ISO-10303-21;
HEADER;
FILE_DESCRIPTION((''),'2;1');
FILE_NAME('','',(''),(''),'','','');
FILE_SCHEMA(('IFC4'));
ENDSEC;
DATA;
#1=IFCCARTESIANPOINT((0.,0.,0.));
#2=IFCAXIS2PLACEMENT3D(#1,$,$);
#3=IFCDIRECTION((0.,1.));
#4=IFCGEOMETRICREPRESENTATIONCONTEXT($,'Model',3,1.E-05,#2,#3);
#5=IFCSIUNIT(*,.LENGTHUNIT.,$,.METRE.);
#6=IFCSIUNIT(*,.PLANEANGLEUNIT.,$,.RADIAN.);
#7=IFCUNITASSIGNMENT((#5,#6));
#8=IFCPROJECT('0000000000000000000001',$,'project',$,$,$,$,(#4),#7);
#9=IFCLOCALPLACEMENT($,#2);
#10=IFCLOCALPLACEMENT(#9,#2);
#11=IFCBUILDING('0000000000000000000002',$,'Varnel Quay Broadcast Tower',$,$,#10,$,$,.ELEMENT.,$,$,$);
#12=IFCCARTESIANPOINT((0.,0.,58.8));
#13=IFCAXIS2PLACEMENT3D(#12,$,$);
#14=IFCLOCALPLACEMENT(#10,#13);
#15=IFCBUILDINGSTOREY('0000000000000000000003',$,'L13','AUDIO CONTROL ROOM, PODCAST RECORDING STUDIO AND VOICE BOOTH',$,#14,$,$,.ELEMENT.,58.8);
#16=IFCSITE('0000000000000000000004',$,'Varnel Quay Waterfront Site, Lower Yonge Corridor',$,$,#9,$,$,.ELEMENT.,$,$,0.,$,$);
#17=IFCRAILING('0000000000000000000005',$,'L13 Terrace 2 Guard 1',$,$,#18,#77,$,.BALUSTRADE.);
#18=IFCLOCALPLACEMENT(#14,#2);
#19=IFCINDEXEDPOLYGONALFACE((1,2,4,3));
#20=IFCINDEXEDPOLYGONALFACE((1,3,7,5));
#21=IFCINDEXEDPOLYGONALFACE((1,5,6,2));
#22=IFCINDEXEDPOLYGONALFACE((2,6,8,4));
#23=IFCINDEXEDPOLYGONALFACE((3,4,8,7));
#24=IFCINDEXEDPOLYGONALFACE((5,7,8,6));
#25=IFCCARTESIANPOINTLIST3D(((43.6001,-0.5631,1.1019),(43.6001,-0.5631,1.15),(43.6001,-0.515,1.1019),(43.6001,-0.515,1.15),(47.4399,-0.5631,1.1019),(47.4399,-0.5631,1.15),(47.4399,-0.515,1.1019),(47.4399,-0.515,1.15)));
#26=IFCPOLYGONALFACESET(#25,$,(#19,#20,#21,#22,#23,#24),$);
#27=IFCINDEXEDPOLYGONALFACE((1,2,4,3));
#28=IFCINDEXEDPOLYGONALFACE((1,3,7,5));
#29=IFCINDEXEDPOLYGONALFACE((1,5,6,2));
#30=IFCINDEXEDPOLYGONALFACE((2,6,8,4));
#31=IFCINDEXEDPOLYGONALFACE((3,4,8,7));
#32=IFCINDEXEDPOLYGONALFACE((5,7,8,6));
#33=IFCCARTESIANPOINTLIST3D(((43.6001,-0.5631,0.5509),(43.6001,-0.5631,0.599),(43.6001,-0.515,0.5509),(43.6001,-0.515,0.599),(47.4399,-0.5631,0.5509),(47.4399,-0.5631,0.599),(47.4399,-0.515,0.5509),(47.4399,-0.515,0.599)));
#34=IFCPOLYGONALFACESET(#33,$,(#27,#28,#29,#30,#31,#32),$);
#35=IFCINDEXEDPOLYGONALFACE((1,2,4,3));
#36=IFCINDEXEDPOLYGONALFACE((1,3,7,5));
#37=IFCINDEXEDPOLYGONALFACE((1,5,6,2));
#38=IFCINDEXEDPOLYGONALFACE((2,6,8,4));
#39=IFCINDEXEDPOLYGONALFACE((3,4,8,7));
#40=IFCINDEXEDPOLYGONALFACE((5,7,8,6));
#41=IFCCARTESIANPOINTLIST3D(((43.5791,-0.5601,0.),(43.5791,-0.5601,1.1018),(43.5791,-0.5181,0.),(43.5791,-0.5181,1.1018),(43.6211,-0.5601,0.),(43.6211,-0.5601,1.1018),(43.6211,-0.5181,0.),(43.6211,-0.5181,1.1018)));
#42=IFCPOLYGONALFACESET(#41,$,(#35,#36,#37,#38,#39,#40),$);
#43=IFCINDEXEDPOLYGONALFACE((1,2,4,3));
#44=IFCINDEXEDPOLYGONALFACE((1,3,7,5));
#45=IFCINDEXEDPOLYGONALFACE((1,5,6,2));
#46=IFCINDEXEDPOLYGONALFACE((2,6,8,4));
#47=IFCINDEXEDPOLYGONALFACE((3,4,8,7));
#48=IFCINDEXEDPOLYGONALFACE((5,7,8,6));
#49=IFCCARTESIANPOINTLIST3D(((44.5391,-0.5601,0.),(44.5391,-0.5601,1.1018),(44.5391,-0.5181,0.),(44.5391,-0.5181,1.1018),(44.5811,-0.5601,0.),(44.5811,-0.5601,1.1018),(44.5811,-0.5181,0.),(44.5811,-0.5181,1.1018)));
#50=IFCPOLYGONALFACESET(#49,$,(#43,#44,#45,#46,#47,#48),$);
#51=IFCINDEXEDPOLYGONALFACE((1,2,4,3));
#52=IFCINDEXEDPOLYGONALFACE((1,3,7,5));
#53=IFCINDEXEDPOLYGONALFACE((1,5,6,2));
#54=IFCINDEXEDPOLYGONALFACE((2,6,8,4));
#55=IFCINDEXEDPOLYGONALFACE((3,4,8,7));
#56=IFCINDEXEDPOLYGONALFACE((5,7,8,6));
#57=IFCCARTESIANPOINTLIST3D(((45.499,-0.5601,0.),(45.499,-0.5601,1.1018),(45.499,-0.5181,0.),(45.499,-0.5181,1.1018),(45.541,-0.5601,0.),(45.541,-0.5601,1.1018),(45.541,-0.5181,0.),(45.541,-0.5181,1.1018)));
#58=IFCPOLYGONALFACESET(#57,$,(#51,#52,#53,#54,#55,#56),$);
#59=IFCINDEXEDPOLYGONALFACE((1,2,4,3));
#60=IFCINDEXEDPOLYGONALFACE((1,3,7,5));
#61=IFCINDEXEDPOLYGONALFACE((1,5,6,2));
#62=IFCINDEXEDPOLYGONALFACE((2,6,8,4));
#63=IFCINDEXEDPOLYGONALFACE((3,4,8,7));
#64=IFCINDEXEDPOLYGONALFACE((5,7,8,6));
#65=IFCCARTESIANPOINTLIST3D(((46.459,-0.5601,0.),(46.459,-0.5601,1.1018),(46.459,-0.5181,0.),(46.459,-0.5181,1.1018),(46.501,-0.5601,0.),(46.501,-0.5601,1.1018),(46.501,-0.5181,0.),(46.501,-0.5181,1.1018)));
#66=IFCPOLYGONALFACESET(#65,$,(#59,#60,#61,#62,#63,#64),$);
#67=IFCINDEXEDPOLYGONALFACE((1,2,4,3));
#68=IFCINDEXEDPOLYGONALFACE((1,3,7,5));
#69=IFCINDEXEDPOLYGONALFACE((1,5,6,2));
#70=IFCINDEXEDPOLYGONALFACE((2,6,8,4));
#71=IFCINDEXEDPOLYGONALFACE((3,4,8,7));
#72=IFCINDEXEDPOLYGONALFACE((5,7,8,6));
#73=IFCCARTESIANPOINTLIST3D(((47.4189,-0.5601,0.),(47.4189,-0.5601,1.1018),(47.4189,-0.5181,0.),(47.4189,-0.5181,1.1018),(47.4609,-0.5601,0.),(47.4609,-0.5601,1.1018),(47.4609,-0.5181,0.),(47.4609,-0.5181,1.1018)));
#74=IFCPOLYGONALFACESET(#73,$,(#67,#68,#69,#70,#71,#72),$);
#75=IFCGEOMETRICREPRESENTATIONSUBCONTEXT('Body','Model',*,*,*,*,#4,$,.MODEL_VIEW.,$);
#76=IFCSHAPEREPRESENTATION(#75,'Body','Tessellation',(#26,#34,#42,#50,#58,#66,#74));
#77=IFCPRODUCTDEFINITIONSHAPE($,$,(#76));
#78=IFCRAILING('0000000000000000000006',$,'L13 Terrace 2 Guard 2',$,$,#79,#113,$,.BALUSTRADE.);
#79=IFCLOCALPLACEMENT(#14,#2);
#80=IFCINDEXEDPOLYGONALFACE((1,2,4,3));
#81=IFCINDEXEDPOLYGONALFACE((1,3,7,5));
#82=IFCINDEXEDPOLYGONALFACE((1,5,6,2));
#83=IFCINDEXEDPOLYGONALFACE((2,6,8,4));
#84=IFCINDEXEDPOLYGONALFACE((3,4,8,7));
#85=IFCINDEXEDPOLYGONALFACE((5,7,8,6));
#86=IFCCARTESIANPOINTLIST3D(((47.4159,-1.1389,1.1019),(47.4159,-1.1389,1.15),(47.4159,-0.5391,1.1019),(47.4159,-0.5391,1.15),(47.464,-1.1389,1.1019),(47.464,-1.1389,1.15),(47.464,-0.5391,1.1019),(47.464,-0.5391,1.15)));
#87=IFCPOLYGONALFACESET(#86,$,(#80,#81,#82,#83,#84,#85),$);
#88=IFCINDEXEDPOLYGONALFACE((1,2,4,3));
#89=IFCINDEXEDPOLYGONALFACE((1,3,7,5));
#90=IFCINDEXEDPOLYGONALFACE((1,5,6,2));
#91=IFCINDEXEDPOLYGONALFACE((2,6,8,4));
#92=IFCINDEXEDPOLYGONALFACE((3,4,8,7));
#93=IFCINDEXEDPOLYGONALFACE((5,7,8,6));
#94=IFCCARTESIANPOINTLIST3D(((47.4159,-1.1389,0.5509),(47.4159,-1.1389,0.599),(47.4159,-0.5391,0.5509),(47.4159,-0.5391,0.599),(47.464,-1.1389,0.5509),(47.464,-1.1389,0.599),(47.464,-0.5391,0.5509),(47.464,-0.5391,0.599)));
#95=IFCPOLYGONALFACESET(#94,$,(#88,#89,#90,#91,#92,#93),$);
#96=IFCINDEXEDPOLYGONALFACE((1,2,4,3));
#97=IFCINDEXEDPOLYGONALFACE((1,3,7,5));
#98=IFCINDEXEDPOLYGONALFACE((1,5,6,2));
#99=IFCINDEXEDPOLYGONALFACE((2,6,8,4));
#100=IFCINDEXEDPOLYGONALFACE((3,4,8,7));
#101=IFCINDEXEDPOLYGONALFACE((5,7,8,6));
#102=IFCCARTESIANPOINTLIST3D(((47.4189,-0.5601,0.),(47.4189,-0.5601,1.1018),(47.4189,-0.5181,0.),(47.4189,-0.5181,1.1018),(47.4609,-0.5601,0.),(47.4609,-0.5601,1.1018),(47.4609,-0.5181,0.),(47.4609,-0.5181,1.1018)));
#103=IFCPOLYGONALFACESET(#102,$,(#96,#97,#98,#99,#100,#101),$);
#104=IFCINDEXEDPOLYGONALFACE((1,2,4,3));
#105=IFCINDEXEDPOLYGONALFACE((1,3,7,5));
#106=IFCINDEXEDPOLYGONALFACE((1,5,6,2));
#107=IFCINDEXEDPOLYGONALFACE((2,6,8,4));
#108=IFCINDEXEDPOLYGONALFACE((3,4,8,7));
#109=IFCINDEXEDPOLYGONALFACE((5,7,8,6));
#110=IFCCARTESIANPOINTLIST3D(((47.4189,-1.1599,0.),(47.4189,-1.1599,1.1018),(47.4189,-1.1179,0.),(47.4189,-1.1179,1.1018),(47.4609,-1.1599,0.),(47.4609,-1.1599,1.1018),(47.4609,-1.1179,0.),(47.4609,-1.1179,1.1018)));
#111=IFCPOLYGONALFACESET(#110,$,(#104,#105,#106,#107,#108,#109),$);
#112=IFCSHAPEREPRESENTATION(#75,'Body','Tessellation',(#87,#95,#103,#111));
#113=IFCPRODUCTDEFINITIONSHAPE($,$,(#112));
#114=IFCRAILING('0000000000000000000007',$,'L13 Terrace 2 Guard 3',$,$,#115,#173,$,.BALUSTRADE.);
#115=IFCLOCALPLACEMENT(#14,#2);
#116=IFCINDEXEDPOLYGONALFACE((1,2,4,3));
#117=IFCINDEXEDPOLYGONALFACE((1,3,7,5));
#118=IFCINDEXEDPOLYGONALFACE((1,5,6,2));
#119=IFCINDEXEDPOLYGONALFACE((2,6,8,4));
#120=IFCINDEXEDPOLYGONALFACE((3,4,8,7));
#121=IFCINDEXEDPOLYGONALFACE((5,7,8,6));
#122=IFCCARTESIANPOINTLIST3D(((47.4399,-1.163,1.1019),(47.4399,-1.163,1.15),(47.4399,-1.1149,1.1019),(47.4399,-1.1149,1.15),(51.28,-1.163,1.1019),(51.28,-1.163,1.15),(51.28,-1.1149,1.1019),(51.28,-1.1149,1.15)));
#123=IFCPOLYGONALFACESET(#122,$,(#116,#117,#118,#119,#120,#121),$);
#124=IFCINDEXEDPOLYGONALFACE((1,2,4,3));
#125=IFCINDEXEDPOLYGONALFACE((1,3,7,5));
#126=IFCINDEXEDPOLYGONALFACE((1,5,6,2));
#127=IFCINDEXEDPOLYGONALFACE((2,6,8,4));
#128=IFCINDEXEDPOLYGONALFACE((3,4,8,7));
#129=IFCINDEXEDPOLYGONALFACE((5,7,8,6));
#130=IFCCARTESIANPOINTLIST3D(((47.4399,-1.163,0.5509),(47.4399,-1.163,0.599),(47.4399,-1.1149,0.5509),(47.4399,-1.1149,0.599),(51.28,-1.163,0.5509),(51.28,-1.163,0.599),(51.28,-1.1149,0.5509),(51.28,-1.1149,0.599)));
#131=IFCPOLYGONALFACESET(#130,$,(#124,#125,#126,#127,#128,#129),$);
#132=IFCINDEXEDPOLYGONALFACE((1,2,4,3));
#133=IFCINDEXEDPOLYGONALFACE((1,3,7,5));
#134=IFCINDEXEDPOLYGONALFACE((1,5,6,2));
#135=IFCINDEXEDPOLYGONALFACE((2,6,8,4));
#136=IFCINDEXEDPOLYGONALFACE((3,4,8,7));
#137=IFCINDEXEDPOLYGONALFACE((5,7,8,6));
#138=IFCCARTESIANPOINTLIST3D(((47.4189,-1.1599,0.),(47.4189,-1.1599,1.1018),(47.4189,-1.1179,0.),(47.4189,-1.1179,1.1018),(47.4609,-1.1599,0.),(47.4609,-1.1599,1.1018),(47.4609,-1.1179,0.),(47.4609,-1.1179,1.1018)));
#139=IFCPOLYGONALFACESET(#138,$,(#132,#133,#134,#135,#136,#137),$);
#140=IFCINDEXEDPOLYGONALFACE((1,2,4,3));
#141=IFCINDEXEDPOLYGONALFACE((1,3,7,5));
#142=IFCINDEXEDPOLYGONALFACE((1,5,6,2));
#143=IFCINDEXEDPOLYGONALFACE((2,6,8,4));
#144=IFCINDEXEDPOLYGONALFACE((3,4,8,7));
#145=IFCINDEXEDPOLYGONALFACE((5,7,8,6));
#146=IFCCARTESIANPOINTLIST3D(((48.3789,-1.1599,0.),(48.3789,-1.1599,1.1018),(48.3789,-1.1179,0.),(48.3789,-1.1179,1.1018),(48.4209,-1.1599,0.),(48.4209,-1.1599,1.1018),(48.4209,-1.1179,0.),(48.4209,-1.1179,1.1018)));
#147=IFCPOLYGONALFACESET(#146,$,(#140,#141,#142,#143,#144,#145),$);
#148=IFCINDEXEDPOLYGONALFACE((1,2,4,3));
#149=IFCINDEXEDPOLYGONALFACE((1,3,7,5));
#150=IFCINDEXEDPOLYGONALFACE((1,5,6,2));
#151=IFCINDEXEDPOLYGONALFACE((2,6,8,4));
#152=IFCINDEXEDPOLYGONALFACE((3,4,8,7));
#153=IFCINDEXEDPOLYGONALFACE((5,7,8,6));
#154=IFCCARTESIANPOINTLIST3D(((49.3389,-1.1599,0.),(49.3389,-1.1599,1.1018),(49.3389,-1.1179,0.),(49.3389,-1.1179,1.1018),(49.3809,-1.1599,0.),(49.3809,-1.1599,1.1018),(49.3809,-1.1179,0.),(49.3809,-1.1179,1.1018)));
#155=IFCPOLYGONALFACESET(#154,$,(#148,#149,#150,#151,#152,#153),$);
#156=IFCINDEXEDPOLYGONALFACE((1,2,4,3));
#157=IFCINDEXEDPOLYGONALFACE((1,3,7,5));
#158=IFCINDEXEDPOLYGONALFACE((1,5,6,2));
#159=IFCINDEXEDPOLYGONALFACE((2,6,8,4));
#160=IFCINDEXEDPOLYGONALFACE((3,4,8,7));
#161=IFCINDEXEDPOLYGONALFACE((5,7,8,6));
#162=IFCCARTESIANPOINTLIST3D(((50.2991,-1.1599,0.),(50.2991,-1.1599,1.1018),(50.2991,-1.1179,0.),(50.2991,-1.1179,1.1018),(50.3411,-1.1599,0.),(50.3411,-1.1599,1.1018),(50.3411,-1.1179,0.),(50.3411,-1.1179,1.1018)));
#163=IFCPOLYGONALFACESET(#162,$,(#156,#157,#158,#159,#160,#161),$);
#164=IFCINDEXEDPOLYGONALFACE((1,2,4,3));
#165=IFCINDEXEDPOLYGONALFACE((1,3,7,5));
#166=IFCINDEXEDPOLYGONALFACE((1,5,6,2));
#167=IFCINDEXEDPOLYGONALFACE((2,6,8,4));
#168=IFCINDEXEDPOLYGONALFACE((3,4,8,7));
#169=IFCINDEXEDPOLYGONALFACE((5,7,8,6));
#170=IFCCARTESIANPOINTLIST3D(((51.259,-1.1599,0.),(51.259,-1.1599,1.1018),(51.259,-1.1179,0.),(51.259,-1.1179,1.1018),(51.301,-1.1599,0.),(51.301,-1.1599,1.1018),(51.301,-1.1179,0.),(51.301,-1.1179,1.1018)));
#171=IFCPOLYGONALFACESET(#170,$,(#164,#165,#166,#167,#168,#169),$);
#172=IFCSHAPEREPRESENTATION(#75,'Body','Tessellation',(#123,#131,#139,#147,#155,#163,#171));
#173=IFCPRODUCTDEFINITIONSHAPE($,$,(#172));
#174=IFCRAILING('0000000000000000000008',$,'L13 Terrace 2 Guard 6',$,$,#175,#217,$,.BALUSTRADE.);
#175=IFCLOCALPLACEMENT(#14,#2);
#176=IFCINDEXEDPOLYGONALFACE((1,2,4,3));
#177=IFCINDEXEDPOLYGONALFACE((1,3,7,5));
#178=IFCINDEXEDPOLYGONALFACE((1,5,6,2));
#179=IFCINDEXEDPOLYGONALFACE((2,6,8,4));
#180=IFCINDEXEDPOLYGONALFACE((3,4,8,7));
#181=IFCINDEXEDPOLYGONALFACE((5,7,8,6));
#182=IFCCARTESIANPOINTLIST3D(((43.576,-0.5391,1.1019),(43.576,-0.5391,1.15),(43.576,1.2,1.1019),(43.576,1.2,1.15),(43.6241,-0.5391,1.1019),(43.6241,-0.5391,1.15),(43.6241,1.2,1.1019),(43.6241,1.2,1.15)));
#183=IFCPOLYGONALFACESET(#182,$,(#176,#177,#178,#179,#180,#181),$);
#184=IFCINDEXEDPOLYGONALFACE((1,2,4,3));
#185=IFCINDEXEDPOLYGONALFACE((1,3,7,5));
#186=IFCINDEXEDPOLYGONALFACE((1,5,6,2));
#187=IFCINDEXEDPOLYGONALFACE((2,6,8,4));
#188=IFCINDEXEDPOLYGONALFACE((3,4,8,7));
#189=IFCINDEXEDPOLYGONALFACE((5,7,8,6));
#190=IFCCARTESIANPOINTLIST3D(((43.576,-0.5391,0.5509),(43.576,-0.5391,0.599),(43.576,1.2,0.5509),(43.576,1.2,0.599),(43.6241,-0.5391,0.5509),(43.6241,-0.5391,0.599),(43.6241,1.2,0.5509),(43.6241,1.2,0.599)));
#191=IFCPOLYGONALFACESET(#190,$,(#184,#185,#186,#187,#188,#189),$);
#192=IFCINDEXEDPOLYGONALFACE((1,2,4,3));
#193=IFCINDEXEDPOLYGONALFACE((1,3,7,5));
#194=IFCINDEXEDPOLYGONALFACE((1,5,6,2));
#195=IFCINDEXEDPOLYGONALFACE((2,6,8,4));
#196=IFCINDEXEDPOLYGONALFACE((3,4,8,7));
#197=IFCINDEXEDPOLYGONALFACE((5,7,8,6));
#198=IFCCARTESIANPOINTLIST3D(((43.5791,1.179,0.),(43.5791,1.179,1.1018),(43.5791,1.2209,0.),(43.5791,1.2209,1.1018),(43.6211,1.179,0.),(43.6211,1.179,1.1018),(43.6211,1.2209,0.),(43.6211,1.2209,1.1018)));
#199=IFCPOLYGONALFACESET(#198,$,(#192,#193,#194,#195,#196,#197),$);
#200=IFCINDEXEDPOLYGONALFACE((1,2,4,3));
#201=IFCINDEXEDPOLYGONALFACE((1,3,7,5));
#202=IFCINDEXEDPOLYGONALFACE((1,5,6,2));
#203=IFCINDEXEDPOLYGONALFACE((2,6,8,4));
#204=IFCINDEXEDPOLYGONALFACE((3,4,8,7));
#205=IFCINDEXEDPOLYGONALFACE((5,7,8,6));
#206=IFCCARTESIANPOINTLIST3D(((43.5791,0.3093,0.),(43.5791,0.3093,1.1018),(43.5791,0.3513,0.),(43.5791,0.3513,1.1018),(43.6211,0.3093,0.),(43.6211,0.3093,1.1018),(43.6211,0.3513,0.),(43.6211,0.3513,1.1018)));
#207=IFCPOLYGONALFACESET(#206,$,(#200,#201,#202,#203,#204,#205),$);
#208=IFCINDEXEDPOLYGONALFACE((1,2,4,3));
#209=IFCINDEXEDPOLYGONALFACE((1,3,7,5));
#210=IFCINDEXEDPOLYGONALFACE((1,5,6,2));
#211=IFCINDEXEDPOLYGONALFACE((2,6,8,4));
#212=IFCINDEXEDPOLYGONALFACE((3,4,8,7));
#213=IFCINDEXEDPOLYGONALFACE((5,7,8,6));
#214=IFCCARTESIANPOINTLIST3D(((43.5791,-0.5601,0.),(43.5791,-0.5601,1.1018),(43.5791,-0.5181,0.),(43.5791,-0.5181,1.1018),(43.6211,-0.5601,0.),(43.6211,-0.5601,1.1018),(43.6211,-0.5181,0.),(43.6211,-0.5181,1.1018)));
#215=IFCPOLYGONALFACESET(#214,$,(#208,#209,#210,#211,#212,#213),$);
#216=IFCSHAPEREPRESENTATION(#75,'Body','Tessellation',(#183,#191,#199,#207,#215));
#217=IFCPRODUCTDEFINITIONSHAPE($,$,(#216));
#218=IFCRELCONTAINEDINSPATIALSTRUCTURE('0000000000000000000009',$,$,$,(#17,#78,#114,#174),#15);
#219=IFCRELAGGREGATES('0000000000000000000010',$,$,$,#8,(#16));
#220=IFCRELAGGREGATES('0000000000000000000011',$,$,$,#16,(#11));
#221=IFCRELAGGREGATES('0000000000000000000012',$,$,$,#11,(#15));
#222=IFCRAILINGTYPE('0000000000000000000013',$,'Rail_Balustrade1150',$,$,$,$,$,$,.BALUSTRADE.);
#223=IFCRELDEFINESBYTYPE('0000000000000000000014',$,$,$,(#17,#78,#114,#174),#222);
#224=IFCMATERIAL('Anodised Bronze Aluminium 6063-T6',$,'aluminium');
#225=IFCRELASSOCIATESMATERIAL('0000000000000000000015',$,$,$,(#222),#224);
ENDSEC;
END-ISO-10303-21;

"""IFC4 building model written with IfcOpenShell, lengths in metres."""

from ifc_helpers import new_model, si_unit, direction, frame, origin, origin_2d, place, context, subcontext, project, spatial, rectangle, extrude, material, type_object, element, save


model = new_model("IFC4")

# Units and contexts
model_context = context("Model", 3, precision=1e-05, world=origin(), true_north=direction((0.0, 1.0)))
body_context = subcontext(model_context, "Body", "Model", "MODEL_VIEW")
ifc_project = project(units=[si_unit("LENGTHUNIT", "METRE"), si_unit("PLANEANGLEUNIT", "RADIAN")], contexts=[model_context])

# Site, building, storey
site_placement = place(None, origin())
site = spatial("IfcSite", under=ifc_project, at=site_placement, Name="Varnel Quay Waterfront Site, Lower Yonge Corridor", CompositionType="ELEMENT", RefElevation=0.0)
building_placement = place(site_placement, origin())
building = spatial("IfcBuilding", under=site, at=building_placement, Name="Varnel Quay Broadcast Tower", CompositionType="ELEMENT")
storey_placement = place(building_placement, frame((0.0, 0.0, 58.8)))
storey = spatial("IfcBuildingStorey", under=building, at=storey_placement, Name="L13", Description="AUDIO CONTROL ROOM, PODCAST RECORDING STUDIO AND VOICE BOOTH", CompositionType="ELEMENT", Elevation=58.8)

# Shared definitions
ifc_material_1 = material(Name="Anodised Bronze Aluminium 6063-T6", Category="aluminium")

# Railings
railing_type = type_object("IfcRailingType", Name="Rail_Balustrade1150", PredefinedType="BALUSTRADE", material=ifc_material_1)
railing_1_placement = place(storey_placement, frame((43.6001, -0.5391, 0.0)))
element("IfcRailing", 1, at=railing_1_placement, inside=storey, type_object=railing_type, Name="L13 Terrace 2 Guard 1", PredefinedType="BALUSTRADE", context=body_context, shape_type="SweptSolid", body=[
    extrude(rectangle(XDim=0.0481, YDim=0.0481, at=origin_2d()), frame((0.0, 0.0, 1.126), z_axis=(1.0, 0.0, 0.0), x_axis=(0.0, 1.0, 0.0)), (0.0, 0.0, 1.0), 3.8398),
    extrude(rectangle(XDim=0.0481, YDim=0.0481, at=origin_2d()), frame((0.0, 0.0, 0.575), z_axis=(1.0, 0.0, 0.0), x_axis=(0.0, 1.0, 0.0)), (0.0, 0.0, 1.0), 3.8398),
    extrude(rectangle(XDim=0.042, YDim=0.042, at=origin_2d()), origin(), (0.0, 0.0, 1.0), 1.1018),
    extrude(rectangle(XDim=0.042, YDim=0.042, at=origin_2d()), frame((0.96, 0.0, 0.0)), (0.0, 0.0, 1.0), 1.1018),
    extrude(rectangle(XDim=0.042, YDim=0.042, at=origin_2d()), frame((1.9199, 0.0, 0.0)), (0.0, 0.0, 1.0), 1.1018),
    extrude(rectangle(XDim=0.042, YDim=0.042, at=origin_2d()), frame((2.8799, 0.0, 0.0)), (0.0, 0.0, 1.0), 1.1018),
    extrude(rectangle(XDim=0.042, YDim=0.042, at=origin_2d()), frame((3.8398, 0.0, 0.0)), (0.0, 0.0, 1.0), 1.1018),
])
railing_2_placement = place(storey_placement, frame((47.4399, -0.5391, 0.0)))
element("IfcRailing", 2, at=railing_2_placement, inside=storey, type_object=railing_type, Name="L13 Terrace 2 Guard 2", PredefinedType="BALUSTRADE", context=body_context, shape_type="SweptSolid", body=[
    extrude(rectangle(XDim=0.0481, YDim=0.0481, at=origin_2d()), frame((0.0, 0.0, 1.126), z_axis=(0.0, -1.0, 0.0), x_axis=(1.0, 0.0, 0.0)), (0.0, 0.0, 1.0), 0.5999),
    extrude(rectangle(XDim=0.0481, YDim=0.0481, at=origin_2d()), frame((0.0, 0.0, 0.575), z_axis=(0.0, -1.0, 0.0), x_axis=(1.0, 0.0, 0.0)), (0.0, 0.0, 1.0), 0.5999),
    extrude(rectangle(XDim=0.042, YDim=0.042, at=origin_2d()), origin(), (0.0, 0.0, 1.0), 1.1018),
    extrude(rectangle(XDim=0.042, YDim=0.042, at=origin_2d()), frame((0.0, -0.5999, 0.0)), (0.0, 0.0, 1.0), 1.1018),
])
railing_3_placement = place(storey_placement, frame((47.4399, -1.1389, 0.0)))
element("IfcRailing", 3, at=railing_3_placement, inside=storey, type_object=railing_type, Name="L13 Terrace 2 Guard 3", PredefinedType="BALUSTRADE", context=body_context, shape_type="SweptSolid", body=[
    extrude(rectangle(XDim=0.0481, YDim=0.0481, at=origin_2d()), frame((0.0, 0.0, 1.126), z_axis=(1.0, 0.0, 0.0), x_axis=(0.0, 1.0, 0.0)), (0.0, 0.0, 1.0), 3.8401),
    extrude(rectangle(XDim=0.0481, YDim=0.0481, at=origin_2d()), frame((0.0, 0.0, 0.575), z_axis=(1.0, 0.0, 0.0), x_axis=(0.0, 1.0, 0.0)), (0.0, 0.0, 1.0), 3.8401),
    extrude(rectangle(XDim=0.042, YDim=0.042, at=origin_2d()), origin(), (0.0, 0.0, 1.0), 1.1018),
    extrude(rectangle(XDim=0.042, YDim=0.042, at=origin_2d()), frame((0.96, 0.0, 0.0)), (0.0, 0.0, 1.0), 1.1018),
    extrude(rectangle(XDim=0.042, YDim=0.042, at=origin_2d()), frame((1.9199, 0.0, 0.0)), (0.0, 0.0, 1.0), 1.1018),
    extrude(rectangle(XDim=0.042, YDim=0.042, at=origin_2d()), frame((2.8801, 0.0, 0.0)), (0.0, 0.0, 1.0), 1.1018),
    extrude(rectangle(XDim=0.042, YDim=0.042, at=origin_2d()), frame((3.8401, 0.0, 0.0)), (0.0, 0.0, 1.0), 1.1018),
])
railing_4_placement = place(storey_placement, frame((43.6001, 1.2, 0.0)))
element("IfcRailing", 4, at=railing_4_placement, inside=storey, type_object=railing_type, Name="L13 Terrace 2 Guard 6", PredefinedType="BALUSTRADE", context=body_context, shape_type="SweptSolid", body=[
    extrude(rectangle(XDim=0.0481, YDim=0.0481, at=origin_2d()), frame((0.0, 0.0, 1.126), z_axis=(0.0, -1.0, 0.0), x_axis=(1.0, 0.0, 0.0)), (0.0, 0.0, 1.0), 1.739),
    extrude(rectangle(XDim=0.0481, YDim=0.0481, at=origin_2d()), frame((0.0, 0.0, 0.575), z_axis=(0.0, -1.0, 0.0), x_axis=(1.0, 0.0, 0.0)), (0.0, 0.0, 1.0), 1.739),
    extrude(rectangle(XDim=0.042, YDim=0.042, at=origin_2d()), origin(), (0.0, 0.0, 1.0), 1.1018),
    extrude(rectangle(XDim=0.042, YDim=0.042, at=origin_2d()), frame((0.0, -0.8696, 0.0)), (0.0, 0.0, 1.0), 1.1018),
    extrude(rectangle(XDim=0.042, YDim=0.042, at=origin_2d()), frame((0.0, -1.739, 0.0)), (0.0, 0.0, 1.0), 1.1018),
])

save(model, "model.ifc")
